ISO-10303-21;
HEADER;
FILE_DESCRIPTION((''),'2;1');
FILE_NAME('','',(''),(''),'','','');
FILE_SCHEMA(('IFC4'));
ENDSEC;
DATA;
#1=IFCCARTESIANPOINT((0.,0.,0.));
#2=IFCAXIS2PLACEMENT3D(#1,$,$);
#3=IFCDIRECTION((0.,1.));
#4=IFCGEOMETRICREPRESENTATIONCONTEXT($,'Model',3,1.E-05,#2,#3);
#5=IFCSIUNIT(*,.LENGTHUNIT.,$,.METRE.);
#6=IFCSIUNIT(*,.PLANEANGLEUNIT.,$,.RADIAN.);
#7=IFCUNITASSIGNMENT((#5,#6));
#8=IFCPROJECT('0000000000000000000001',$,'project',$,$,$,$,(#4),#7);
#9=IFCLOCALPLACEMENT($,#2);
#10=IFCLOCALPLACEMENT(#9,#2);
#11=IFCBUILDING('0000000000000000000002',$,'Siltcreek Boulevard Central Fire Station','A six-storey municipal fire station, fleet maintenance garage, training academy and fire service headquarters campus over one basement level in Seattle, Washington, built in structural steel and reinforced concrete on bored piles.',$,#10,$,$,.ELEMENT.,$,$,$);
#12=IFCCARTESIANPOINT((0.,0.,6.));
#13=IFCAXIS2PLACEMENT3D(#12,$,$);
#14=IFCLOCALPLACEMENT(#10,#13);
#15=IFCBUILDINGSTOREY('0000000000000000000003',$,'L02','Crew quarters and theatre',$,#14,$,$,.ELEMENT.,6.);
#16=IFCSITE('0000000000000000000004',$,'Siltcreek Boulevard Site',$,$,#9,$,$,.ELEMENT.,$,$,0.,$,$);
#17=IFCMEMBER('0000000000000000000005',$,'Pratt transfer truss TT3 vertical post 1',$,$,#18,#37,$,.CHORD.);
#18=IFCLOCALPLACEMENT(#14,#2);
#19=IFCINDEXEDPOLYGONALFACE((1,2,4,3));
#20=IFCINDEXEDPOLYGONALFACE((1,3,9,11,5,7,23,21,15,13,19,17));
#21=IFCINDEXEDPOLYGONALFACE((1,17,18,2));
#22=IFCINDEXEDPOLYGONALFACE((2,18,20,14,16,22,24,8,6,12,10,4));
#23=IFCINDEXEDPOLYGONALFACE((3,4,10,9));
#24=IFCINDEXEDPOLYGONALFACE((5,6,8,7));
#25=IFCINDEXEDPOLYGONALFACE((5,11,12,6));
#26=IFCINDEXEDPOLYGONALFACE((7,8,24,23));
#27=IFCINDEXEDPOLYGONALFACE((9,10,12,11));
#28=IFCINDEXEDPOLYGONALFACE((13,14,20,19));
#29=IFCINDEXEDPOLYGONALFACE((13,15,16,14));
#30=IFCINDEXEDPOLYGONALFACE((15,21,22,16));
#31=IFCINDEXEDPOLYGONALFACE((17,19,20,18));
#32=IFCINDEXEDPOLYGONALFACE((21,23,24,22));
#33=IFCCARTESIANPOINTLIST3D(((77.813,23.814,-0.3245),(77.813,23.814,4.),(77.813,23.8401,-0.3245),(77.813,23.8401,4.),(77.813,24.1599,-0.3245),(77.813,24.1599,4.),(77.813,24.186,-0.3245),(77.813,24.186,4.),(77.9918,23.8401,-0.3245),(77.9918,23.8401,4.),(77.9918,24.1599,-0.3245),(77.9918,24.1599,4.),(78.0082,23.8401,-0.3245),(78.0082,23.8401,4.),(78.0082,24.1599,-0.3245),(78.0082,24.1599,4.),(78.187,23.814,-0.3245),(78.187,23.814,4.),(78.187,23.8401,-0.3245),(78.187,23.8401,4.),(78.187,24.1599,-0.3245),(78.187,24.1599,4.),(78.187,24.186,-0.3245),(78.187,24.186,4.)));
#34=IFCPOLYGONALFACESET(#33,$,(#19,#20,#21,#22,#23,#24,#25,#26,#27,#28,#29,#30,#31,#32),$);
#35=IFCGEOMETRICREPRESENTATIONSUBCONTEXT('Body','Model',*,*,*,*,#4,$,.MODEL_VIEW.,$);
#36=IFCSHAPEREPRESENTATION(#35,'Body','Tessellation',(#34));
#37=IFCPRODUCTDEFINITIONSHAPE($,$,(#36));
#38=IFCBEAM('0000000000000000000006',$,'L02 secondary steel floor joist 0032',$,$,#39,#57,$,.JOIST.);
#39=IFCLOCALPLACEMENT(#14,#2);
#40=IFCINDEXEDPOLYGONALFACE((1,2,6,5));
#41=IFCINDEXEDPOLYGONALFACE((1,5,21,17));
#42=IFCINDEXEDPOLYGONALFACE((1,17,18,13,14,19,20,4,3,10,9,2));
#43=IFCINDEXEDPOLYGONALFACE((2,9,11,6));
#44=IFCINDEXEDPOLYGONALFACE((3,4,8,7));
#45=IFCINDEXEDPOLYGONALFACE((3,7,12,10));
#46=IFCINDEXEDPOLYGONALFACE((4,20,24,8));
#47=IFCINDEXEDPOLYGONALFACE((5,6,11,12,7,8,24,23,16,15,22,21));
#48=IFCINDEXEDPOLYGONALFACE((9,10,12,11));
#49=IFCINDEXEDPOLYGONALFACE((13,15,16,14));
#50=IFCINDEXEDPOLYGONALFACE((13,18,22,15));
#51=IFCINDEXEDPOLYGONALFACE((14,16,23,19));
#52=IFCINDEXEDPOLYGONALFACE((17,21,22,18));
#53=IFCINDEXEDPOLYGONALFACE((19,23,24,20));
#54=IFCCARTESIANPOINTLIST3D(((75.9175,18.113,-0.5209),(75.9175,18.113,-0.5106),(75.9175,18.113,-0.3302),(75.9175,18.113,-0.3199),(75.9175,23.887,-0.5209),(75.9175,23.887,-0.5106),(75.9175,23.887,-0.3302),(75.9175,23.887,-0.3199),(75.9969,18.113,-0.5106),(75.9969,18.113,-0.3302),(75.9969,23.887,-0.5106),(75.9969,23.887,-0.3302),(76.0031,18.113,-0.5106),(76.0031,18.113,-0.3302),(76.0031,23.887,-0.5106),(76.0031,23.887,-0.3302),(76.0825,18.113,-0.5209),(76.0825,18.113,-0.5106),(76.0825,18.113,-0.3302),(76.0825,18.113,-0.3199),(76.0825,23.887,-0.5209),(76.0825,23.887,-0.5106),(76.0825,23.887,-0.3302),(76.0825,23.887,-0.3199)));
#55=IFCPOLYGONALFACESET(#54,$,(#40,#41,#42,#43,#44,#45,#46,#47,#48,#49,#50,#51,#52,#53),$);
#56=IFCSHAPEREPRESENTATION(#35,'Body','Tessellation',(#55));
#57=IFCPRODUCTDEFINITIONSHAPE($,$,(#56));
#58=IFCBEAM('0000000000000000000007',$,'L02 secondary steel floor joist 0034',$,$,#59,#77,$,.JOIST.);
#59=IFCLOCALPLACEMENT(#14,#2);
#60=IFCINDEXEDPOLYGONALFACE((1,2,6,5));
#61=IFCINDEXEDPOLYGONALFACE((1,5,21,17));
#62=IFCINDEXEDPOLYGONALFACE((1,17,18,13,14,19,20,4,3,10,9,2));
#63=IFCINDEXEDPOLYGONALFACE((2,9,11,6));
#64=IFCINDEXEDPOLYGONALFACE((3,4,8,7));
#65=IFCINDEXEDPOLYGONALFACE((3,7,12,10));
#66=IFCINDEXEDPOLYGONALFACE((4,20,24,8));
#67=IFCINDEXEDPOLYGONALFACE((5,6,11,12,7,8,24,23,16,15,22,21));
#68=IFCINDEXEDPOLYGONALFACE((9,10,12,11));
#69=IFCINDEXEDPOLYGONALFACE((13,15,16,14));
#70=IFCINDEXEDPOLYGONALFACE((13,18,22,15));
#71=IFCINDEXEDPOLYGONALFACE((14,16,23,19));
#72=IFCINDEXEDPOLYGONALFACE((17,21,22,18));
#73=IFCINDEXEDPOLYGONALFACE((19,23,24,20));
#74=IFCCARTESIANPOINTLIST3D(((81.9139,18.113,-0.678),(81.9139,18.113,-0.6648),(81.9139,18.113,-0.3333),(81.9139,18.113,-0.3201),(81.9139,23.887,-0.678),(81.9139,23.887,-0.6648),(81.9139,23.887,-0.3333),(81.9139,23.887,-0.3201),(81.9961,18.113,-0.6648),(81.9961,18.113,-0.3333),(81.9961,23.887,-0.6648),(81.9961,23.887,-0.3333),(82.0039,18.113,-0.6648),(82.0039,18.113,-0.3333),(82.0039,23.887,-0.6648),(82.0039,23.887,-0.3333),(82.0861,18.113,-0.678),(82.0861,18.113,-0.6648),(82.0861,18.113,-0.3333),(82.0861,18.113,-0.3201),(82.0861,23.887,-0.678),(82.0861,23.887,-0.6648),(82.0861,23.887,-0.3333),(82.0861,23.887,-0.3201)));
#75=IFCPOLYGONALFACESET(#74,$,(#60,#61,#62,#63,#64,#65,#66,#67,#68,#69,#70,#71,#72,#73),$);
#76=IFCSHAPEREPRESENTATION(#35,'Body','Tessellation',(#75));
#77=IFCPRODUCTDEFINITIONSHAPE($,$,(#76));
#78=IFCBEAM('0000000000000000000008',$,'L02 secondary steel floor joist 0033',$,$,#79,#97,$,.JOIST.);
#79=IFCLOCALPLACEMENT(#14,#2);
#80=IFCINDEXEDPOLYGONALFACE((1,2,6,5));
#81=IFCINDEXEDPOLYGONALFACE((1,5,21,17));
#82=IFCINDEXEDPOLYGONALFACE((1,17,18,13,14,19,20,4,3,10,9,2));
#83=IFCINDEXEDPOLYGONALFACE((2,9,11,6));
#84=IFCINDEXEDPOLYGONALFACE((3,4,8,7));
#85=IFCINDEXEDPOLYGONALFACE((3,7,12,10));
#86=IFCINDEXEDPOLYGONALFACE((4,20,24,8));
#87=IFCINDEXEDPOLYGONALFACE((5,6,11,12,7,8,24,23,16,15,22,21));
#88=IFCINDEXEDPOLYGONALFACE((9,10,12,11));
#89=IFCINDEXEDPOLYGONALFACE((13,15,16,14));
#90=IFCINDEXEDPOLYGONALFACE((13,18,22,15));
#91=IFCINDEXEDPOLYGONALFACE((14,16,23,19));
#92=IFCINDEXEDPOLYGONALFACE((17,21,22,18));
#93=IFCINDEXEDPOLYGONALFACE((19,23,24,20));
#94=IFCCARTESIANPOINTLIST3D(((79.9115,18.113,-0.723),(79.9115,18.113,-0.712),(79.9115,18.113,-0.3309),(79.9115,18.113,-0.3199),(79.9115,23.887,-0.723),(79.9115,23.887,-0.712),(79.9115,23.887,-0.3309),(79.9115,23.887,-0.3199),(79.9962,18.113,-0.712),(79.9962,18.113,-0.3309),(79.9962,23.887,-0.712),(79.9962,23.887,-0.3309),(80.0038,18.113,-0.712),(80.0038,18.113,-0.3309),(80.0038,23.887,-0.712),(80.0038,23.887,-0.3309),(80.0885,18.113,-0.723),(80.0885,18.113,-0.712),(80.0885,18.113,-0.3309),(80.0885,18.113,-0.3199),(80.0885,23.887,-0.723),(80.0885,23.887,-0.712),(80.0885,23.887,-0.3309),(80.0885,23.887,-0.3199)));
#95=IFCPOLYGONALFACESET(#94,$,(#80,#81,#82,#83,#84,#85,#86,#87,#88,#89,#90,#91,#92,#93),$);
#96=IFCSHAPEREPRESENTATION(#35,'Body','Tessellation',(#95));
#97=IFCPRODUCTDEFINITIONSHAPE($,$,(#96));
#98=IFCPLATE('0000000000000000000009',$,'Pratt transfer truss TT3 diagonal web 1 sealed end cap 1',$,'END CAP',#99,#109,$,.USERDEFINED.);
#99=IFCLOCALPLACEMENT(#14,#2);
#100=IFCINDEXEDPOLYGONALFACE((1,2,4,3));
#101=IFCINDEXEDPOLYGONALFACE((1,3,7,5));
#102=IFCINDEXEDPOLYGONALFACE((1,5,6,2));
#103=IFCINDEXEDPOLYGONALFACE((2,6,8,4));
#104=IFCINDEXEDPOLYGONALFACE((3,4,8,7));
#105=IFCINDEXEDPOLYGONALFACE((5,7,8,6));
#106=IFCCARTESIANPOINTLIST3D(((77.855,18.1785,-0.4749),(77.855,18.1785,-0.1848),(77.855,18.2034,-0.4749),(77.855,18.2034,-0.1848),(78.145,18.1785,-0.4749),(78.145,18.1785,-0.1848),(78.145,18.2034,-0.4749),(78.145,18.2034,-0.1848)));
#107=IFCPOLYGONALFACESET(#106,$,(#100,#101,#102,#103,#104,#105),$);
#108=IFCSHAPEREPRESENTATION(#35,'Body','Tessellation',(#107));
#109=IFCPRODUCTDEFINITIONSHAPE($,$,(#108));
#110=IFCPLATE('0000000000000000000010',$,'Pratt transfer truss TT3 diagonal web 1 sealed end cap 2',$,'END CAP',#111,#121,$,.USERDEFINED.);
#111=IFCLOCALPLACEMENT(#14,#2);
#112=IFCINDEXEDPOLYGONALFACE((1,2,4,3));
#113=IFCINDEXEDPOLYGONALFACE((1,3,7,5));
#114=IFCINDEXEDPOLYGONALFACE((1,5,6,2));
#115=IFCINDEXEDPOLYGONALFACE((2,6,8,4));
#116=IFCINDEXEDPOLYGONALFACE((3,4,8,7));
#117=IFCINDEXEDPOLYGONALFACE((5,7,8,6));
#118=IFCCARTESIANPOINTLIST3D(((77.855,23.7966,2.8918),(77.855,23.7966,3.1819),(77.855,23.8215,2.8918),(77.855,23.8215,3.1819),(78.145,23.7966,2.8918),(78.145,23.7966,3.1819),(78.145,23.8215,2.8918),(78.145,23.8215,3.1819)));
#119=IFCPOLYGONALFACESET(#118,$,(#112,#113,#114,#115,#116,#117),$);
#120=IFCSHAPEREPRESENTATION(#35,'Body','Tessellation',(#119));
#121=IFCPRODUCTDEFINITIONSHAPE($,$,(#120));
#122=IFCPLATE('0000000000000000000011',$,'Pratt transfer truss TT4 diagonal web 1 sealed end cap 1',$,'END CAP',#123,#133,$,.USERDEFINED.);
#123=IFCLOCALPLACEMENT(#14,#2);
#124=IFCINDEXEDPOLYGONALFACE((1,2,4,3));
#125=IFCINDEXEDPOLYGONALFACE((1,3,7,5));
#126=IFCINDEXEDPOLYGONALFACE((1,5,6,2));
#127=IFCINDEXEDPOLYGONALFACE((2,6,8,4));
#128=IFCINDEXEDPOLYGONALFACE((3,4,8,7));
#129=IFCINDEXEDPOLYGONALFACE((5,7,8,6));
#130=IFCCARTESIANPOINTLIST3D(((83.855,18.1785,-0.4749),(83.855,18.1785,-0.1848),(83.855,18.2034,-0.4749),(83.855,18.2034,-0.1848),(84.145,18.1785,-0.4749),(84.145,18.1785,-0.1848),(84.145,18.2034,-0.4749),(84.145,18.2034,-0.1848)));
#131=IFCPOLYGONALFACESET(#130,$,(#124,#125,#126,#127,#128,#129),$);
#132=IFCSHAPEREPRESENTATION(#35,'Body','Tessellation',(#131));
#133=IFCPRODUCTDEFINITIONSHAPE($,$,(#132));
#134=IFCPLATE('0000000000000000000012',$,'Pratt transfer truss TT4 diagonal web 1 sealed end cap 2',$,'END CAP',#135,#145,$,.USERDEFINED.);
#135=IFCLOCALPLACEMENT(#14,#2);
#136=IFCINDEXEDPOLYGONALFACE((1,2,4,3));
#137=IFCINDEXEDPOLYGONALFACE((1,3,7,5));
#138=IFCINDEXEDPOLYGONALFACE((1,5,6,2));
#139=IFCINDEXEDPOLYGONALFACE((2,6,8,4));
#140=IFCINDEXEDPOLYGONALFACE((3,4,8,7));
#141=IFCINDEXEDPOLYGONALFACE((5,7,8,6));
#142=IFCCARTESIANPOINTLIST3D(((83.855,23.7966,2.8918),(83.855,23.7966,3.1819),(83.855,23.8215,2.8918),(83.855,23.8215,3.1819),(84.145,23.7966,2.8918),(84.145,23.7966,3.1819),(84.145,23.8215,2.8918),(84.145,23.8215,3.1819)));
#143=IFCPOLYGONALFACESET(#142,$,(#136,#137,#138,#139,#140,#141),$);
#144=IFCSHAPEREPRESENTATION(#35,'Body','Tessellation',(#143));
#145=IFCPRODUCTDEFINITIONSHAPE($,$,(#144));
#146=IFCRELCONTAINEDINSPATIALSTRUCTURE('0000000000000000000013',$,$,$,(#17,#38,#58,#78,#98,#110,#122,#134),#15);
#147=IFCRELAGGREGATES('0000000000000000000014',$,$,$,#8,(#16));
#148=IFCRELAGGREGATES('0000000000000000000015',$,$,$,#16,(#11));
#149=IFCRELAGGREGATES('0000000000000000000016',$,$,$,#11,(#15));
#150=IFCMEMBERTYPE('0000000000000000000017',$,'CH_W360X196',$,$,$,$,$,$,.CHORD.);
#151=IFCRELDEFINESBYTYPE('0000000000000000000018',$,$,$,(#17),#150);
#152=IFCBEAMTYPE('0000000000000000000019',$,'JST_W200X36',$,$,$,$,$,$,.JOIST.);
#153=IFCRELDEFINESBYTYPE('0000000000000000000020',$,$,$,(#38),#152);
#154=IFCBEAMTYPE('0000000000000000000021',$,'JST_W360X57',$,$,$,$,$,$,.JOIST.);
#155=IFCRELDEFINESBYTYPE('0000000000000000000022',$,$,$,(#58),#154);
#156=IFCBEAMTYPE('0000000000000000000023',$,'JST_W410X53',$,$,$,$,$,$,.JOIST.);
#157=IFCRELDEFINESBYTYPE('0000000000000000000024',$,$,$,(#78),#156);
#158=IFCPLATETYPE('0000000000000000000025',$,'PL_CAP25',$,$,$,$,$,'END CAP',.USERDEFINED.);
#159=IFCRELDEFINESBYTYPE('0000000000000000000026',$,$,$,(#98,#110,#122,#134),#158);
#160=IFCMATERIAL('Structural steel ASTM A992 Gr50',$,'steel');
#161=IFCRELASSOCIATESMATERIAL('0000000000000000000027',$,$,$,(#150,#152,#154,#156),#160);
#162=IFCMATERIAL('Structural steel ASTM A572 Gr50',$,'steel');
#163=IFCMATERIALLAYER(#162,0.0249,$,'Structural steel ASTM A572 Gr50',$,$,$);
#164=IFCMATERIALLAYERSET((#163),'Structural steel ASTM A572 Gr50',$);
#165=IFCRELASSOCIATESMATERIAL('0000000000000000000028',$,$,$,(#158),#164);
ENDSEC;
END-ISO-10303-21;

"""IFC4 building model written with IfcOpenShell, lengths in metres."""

from ifc_helpers import new_model, si_unit, direction, frame, origin, origin_2d, place, context, subcontext, project, spatial, rectangle, i_section, extrude, material, layer, layer_set, material_profile, profile_set, type_object, element, save


model = new_model("IFC4")

# Units and contexts
model_context = context("Model", 3, precision=1e-05, world=origin(), true_north=direction((0.0, 1.0)))
body_context = subcontext(model_context, "Body", "Model", "MODEL_VIEW")
ifc_project = project(units=[si_unit("LENGTHUNIT", "METRE"), si_unit("PLANEANGLEUNIT", "RADIAN")], contexts=[model_context])

# Site, building, storey
site_placement = place(None, origin())
site = spatial("IfcSite", under=ifc_project, at=site_placement, Name="Siltcreek Boulevard Site", CompositionType="ELEMENT", RefElevation=0.0)
building_placement = place(site_placement, origin())
building = spatial("IfcBuilding", under=site, at=building_placement, Name="Siltcreek Boulevard Central Fire Station", Description="A six-storey municipal fire station, fleet maintenance garage, training academy and fire service headquarters campus over one basement level in Seattle, Washington, built in structural steel and reinforced concrete on bored piles.", CompositionType="ELEMENT")
storey_placement = place(building_placement, frame((0.0, 0.0, 6.0)))
storey = spatial("IfcBuildingStorey", under=building, at=storey_placement, Name="L02", Description="Crew quarters and theatre", CompositionType="ELEMENT", Elevation=6.0)

# Shared definitions
ifc_material_1 = material(Name="Structural steel ASTM A992 Gr50", Category="steel")

# Member
ifc_material_profile_1 = material_profile(ifc_material_1, i_section(OverallWidth=0.374, OverallDepth=0.3721, WebThickness=0.0164, FlangeThickness=0.0261, at=origin_2d()), Name="W360X196")
ifc_profile_set_1 = profile_set([ifc_material_profile_1], Name="Structural steel ASTM A992 Gr50")
member_type_1 = type_object("IfcMemberType", Name="CH_W360X196", PredefinedType="CHORD", material=ifc_profile_set_1)
member_placement = place(storey_placement, frame((78.0, 24.0, -0.3245), z_axis=(0.0, 0.0, 1.0), x_axis=(1.0, 0.0, 0.0)))
element("IfcMember", 1, at=member_placement, inside=storey, type_object=member_type_1, Name="Pratt transfer truss TT3 vertical post 1", PredefinedType="CHORD", context=body_context, shape_type="SweptSolid", body=[
    extrude(i_section(OverallWidth=0.374, OverallDepth=0.3721, WebThickness=0.0164, FlangeThickness=0.0261, at=origin_2d()), origin(), (0.0, 0.0, 1.0), 4.3245),
])

# Beams
ifc_material_profile_2 = material_profile(ifc_material_1, i_section(OverallWidth=0.165, OverallDepth=0.2009, WebThickness=0.0061, FlangeThickness=0.0103, at=origin_2d()), Name="W200X36")
ifc_profile_set_2 = profile_set([ifc_material_profile_2], Name="Structural steel ASTM A992 Gr50")
beam_type_1 = type_object("IfcBeamType", Name="JST_W200X36", PredefinedType="JOIST", material=ifc_profile_set_2)
beam_1_placement = place(storey_placement, frame((76.0, 18.113, -0.4204), z_axis=(0.0, 1.0, 0.0), x_axis=(-1.0, 0.0, 0.0)))
element("IfcBeam", 2, at=beam_1_placement, inside=storey, type_object=beam_type_1, Name="L02 secondary steel floor joist 0032", PredefinedType="JOIST", context=body_context, shape_type="SweptSolid", body=[
    extrude(i_section(OverallWidth=0.165, OverallDepth=0.2009, WebThickness=0.0061, FlangeThickness=0.0103, at=origin_2d()), origin(), (0.0, 0.0, 1.0), 5.7739),
])
ifc_material_profile_3 = material_profile(ifc_material_1, i_section(OverallWidth=0.1721, OverallDepth=0.3579, WebThickness=0.0078, FlangeThickness=0.0132, at=origin_2d()), Name="W360X57")
ifc_profile_set_3 = profile_set([ifc_material_profile_3], Name="Structural steel ASTM A992 Gr50")
beam_type_2 = type_object("IfcBeamType", Name="JST_W360X57", PredefinedType="JOIST", material=ifc_profile_set_3)
beam_2_placement = place(storey_placement, frame((82.0, 18.113, -0.499), z_axis=(0.0, 1.0, 0.0), x_axis=(-1.0, 0.0, 0.0)))
element("IfcBeam", 3, at=beam_2_placement, inside=storey, type_object=beam_type_2, Name="L02 secondary steel floor joist 0034", PredefinedType="JOIST", context=body_context, shape_type="SweptSolid", body=[
    extrude(i_section(OverallWidth=0.1721, OverallDepth=0.3579, WebThickness=0.0078, FlangeThickness=0.0132, at=origin_2d()), origin(), (0.0, 0.0, 1.0), 5.7739),
])
ifc_material_profile_4 = material_profile(ifc_material_1, i_section(OverallWidth=0.177, OverallDepth=0.4031, WebThickness=0.0076, FlangeThickness=0.011, at=origin_2d()), Name="W410X53")
ifc_profile_set_4 = profile_set([ifc_material_profile_4], Name="Structural steel ASTM A992 Gr50")
beam_type_3 = type_object("IfcBeamType", Name="JST_W410X53", PredefinedType="JOIST", material=ifc_profile_set_4)
beam_3_placement = place(storey_placement, frame((80.0, 18.113, -0.5215), z_axis=(0.0, 1.0, 0.0), x_axis=(-1.0, 0.0, 0.0)))
element("IfcBeam", 4, at=beam_3_placement, inside=storey, type_object=beam_type_3, Name="L02 secondary steel floor joist 0033", PredefinedType="JOIST", context=body_context, shape_type="SweptSolid", body=[
    extrude(i_section(OverallWidth=0.177, OverallDepth=0.4031, WebThickness=0.0076, FlangeThickness=0.011, at=origin_2d()), origin(), (0.0, 0.0, 1.0), 5.7739),
])

# Plates
ifc_material_2 = material(Name="Structural steel ASTM A572 Gr50", Category="steel")
ifc_layer_1 = layer(ifc_material_2, 0.0249, Name="Structural steel ASTM A572 Gr50")
ifc_layer_set_1 = layer_set([ifc_layer_1], Name="Structural steel ASTM A572 Gr50")
plate_type = type_object("IfcPlateType", Name="PL_CAP25", ElementType="END CAP", PredefinedType="USERDEFINED", material=ifc_layer_set_1)
for number, where, z_axis, x_axis, name in (
    (5, (78.0, 18.1909, -0.4749), (0.0, 0.0, 1.0), (0.0, 1.0, 0.0), "Pratt transfer truss TT3 diagonal web 1 sealed end cap 1"),
    (6, (78.0, 23.8091, 2.8918), (0.0, 0.0, 1.0), (0.0, 1.0, 0.0), "Pratt transfer truss TT3 diagonal web 1 sealed end cap 2"),
    (7, (84.0, 18.1909, -0.4749), (0.0, 0.0, 1.0), (0.0, 1.0, 0.0), "Pratt transfer truss TT4 diagonal web 1 sealed end cap 1"),
    (8, (84.0, 23.8091, 2.8918), (0.0, 0.0, 1.0), (0.0, 1.0, 0.0), "Pratt transfer truss TT4 diagonal web 1 sealed end cap 2"),
):
    element("IfcPlate", number, at=place(storey_placement, frame(where, z_axis=z_axis, x_axis=x_axis)), inside=storey, type_object=plate_type, Name=name, ObjectType="END CAP", PredefinedType="USERDEFINED", context=body_context, shape_type="SweptSolid", body=[
        extrude(rectangle(XDim=0.0249, YDim=0.29, at=origin_2d()), origin(), (0.0, 0.0, 1.0), 0.29),
    ])

save(model, "model.ifc")
